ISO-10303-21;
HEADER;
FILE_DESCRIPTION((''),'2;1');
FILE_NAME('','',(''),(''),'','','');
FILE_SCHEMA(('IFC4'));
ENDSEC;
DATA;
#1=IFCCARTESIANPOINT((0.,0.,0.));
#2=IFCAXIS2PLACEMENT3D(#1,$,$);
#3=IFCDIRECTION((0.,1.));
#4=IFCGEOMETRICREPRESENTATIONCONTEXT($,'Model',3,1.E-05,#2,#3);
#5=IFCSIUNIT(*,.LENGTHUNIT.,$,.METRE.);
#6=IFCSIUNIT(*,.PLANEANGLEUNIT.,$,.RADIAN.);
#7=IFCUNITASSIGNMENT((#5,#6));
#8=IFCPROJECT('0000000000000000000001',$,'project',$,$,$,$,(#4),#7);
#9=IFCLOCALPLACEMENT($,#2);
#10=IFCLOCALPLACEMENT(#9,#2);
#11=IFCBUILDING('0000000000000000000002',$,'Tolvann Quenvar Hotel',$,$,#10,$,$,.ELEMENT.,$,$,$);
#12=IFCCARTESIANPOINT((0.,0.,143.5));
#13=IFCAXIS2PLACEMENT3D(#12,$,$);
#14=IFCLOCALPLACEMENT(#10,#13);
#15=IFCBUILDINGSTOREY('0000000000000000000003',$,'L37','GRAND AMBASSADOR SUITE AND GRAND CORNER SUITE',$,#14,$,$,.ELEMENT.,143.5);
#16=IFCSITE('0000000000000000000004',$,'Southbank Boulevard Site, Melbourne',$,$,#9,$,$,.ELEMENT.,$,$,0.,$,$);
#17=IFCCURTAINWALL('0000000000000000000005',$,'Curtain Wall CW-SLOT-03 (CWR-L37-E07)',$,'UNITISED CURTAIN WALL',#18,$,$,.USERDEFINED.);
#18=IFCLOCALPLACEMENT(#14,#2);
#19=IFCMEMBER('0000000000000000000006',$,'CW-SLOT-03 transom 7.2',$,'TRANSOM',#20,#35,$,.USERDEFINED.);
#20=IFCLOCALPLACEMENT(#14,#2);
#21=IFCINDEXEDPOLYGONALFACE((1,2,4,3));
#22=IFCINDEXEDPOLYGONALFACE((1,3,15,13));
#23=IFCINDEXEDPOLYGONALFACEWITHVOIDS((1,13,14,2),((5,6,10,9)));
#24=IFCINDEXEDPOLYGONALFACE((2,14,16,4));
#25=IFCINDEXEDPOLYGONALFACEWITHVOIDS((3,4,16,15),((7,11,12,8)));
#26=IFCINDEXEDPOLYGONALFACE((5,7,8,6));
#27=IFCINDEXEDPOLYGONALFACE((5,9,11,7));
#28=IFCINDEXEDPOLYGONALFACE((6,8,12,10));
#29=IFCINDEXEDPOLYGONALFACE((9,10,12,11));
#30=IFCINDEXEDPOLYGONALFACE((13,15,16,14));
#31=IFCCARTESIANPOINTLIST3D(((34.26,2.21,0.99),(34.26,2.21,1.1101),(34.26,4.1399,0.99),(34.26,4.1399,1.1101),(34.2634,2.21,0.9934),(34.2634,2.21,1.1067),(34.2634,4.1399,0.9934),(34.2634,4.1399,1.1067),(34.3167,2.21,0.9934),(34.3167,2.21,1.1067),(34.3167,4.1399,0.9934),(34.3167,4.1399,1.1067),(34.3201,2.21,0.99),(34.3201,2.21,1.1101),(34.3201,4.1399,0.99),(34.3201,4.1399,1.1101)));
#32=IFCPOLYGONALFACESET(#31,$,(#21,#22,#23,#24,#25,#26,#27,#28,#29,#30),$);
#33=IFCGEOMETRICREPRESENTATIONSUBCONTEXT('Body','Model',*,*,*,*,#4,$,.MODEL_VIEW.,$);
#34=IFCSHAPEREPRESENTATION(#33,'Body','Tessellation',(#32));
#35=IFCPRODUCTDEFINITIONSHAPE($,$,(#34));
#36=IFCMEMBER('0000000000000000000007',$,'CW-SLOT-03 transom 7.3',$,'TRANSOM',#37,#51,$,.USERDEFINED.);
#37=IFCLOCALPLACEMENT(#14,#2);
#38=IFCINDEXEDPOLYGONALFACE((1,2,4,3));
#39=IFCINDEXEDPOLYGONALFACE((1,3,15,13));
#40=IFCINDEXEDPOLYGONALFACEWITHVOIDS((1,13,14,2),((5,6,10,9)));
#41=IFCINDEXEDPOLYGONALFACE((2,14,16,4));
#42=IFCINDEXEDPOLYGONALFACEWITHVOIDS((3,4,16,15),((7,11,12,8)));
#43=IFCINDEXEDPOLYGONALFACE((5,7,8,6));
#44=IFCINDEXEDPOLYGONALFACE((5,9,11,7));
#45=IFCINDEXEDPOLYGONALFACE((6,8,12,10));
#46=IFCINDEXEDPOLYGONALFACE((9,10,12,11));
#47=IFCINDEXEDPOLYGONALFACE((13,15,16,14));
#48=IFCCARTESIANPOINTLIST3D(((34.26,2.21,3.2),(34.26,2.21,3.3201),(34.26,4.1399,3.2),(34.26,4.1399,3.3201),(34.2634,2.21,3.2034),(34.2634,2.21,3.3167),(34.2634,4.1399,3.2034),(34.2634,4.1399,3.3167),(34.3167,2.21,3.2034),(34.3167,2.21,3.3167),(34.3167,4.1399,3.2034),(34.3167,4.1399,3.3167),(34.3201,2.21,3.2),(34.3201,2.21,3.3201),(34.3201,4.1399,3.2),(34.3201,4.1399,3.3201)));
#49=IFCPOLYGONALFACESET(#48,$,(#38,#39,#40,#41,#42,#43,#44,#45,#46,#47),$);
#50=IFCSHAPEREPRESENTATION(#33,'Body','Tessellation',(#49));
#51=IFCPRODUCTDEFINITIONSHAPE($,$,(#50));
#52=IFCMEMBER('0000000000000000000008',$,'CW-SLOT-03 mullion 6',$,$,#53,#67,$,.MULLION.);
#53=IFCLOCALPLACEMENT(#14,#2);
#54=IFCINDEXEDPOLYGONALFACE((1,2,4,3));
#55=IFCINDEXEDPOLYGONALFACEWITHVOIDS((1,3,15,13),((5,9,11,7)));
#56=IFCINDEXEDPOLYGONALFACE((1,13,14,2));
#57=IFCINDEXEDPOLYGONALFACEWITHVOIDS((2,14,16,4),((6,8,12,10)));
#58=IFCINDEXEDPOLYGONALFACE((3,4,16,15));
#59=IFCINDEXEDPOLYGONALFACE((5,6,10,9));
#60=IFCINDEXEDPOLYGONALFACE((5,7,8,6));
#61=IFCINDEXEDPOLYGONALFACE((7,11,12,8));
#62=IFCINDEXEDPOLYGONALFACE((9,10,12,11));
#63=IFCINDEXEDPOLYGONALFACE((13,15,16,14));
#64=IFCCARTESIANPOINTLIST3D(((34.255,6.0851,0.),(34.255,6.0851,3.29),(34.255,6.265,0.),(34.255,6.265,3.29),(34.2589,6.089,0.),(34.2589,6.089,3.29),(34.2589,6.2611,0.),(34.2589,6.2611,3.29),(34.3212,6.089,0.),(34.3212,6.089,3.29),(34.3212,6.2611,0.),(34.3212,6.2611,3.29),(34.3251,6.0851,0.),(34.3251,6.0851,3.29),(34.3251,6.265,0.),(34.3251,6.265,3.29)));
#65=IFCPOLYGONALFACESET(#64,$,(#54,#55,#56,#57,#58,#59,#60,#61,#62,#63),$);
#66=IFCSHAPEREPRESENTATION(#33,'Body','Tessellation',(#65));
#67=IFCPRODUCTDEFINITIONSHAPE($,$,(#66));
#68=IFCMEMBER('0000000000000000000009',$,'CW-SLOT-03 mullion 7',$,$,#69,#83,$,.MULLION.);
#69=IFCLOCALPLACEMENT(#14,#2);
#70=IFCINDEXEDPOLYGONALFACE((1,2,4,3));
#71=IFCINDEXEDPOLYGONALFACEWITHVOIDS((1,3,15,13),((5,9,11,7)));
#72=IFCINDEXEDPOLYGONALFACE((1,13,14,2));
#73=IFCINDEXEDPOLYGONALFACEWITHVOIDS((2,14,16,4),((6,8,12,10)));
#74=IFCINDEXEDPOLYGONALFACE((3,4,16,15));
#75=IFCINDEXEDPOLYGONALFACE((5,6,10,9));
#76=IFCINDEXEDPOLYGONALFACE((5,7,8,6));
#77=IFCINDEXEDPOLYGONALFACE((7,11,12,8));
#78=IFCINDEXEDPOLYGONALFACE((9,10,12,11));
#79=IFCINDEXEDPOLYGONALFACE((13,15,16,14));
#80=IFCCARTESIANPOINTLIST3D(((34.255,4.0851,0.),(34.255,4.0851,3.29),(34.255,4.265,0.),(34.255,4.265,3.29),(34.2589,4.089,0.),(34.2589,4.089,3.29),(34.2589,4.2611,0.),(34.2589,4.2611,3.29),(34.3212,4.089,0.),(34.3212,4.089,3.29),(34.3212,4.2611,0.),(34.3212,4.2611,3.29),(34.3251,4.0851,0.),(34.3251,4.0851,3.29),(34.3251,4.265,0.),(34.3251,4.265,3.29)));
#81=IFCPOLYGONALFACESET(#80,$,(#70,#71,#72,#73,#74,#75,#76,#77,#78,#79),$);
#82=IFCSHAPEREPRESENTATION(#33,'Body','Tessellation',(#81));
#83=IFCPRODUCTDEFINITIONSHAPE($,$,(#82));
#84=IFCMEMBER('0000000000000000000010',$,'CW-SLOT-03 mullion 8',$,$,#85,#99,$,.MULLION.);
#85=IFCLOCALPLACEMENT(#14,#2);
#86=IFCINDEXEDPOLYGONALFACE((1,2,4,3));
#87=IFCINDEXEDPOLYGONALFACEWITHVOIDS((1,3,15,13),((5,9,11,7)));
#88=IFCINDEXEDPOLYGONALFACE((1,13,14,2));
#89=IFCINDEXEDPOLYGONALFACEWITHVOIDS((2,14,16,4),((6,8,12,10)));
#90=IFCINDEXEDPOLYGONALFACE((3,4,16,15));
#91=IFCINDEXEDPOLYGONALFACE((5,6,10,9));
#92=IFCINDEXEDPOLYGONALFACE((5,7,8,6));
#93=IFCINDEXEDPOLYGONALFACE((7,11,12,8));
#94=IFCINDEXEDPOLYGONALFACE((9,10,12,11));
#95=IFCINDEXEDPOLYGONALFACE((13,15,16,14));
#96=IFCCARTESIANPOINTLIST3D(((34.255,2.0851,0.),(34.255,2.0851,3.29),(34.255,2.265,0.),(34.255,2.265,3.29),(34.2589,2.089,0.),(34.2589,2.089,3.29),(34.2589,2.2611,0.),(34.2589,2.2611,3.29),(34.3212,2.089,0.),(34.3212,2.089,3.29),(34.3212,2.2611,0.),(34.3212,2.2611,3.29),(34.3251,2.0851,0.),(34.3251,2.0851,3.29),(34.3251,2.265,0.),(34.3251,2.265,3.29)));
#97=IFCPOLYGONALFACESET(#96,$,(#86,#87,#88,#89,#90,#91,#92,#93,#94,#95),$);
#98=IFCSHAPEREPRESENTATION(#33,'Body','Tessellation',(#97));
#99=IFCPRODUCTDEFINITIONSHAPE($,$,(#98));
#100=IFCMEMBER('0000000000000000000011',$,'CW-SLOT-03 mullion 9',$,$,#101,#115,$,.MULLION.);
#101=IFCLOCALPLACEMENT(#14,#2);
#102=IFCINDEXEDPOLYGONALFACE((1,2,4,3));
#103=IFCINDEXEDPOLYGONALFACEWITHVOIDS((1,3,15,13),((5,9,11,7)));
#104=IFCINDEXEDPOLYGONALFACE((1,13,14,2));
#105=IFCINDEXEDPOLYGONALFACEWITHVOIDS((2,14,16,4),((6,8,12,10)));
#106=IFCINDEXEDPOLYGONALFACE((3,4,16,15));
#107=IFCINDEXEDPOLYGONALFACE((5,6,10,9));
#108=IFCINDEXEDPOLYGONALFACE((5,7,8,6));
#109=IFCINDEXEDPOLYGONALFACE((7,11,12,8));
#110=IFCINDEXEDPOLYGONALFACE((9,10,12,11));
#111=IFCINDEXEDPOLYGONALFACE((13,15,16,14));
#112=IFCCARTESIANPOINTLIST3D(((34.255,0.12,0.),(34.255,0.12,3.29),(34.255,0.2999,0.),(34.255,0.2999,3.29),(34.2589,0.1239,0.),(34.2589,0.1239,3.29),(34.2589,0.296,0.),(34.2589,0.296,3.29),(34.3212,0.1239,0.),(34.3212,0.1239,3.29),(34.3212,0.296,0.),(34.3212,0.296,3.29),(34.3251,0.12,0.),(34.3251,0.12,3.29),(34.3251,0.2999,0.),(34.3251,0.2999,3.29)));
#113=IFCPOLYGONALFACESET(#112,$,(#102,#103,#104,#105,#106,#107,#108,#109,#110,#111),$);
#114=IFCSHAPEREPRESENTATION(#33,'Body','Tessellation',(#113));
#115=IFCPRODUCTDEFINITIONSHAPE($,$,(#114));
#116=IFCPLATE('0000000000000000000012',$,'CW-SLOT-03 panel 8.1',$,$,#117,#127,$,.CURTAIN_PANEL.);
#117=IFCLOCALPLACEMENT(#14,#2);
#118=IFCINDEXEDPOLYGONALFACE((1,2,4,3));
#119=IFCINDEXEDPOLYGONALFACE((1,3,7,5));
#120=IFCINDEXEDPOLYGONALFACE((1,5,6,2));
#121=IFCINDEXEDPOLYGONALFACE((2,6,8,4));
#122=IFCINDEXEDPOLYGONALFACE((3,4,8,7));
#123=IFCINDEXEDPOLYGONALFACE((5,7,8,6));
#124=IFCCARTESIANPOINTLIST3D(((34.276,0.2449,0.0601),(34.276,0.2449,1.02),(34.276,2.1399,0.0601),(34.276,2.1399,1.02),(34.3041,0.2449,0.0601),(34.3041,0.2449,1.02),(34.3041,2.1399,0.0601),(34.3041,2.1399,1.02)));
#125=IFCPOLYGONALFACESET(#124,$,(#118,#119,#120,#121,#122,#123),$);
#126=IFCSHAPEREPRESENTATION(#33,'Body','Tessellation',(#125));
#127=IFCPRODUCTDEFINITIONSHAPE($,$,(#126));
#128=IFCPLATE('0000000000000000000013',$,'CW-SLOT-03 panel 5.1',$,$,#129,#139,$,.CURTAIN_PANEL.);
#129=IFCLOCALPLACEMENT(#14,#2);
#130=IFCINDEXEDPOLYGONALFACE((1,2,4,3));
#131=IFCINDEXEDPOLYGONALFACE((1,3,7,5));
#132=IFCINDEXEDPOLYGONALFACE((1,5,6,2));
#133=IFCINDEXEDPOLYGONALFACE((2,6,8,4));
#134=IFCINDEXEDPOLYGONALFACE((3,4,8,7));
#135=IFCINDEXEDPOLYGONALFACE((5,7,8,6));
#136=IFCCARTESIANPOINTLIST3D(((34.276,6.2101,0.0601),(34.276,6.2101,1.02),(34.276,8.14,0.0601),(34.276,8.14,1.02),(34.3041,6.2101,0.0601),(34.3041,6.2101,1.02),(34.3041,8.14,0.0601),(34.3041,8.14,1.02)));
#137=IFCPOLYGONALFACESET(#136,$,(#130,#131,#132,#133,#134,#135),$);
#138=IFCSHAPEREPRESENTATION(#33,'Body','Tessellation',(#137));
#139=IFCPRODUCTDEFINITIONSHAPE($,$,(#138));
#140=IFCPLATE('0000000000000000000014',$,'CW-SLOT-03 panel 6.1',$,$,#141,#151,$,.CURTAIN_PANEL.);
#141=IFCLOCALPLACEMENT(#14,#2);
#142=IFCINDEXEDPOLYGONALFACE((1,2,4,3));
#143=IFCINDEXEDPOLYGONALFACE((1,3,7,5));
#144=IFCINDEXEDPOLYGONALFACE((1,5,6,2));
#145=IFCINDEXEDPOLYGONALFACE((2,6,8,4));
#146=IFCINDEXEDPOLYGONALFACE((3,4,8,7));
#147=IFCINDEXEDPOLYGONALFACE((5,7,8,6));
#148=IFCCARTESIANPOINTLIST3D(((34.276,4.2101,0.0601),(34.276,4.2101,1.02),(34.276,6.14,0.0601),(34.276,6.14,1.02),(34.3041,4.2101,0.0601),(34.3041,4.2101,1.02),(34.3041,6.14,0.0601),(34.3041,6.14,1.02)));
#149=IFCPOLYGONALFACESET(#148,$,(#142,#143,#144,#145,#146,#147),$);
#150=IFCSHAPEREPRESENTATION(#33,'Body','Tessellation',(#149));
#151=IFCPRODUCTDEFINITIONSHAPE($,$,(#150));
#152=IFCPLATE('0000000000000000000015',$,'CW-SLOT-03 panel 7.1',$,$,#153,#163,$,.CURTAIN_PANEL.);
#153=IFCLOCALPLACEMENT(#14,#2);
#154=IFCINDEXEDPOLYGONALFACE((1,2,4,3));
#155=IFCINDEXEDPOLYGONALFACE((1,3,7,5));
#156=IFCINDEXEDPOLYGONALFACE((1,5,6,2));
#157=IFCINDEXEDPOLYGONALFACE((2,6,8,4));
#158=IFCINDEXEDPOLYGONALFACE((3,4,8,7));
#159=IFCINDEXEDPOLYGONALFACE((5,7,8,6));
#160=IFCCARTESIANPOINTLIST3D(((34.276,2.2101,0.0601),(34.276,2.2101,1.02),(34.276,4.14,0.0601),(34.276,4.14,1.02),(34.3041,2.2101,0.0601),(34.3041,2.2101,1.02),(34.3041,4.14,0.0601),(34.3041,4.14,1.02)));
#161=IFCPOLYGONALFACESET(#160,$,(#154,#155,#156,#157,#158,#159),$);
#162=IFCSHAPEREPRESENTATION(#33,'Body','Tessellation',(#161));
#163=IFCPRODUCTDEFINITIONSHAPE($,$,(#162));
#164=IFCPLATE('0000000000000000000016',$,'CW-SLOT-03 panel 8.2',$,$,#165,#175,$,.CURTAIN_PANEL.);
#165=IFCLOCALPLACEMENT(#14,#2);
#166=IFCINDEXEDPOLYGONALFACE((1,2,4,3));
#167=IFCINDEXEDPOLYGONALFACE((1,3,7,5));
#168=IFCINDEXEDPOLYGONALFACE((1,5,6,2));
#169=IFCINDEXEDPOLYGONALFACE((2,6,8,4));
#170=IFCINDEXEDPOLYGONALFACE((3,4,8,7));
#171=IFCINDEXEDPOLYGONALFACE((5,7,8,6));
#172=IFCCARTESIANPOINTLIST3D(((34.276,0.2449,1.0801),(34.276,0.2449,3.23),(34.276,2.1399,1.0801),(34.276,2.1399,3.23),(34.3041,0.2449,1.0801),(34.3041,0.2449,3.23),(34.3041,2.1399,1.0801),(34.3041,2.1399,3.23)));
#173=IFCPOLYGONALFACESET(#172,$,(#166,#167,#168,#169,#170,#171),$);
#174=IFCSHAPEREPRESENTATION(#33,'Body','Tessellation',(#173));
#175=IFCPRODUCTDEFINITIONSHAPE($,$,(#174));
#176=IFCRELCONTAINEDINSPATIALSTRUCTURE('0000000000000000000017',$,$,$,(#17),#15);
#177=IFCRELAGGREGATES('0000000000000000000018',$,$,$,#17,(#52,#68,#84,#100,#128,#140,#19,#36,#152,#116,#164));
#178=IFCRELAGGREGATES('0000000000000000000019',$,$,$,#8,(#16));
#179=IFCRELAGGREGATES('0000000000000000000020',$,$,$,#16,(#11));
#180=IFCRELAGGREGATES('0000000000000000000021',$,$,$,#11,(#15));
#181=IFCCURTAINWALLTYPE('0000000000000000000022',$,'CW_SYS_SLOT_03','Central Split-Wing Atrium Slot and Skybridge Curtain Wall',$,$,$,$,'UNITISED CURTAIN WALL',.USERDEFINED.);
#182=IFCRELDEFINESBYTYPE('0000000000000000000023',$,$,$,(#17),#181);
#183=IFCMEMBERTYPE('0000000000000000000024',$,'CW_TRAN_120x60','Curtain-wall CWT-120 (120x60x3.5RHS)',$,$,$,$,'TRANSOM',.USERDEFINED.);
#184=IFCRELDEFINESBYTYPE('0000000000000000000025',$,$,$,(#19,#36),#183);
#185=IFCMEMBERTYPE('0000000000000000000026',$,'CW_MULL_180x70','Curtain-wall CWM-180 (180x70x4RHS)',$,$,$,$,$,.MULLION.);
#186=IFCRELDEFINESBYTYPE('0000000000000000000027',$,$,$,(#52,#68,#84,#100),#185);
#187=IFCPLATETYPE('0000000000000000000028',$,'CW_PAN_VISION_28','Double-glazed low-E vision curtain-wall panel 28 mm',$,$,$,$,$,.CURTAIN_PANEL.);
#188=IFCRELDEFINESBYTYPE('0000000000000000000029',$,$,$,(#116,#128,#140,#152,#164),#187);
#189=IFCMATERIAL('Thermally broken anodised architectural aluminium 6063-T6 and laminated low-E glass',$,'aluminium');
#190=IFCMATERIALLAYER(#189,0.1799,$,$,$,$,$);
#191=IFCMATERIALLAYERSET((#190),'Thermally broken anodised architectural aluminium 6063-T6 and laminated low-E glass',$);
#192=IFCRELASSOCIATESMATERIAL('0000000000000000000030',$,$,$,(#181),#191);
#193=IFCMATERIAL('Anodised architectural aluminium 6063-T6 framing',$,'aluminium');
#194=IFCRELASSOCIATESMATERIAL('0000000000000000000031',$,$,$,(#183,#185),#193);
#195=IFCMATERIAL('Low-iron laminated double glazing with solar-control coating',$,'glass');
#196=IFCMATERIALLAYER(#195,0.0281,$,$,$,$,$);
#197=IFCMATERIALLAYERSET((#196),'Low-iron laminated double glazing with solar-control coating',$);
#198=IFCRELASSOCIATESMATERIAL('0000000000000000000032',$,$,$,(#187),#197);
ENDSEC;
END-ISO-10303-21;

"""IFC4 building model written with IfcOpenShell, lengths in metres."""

from ifc_helpers import new_model, si_unit, direction, frame, origin, origin_2d, place, context, subcontext, project, spatial, rectangle, hollow_rectangle, extrude, source, transform, mapped, material, layer, layer_set, material_profile, profile_set, type_object, type_shapes, element, aggregate, save


model = new_model("IFC4")

# Units and contexts
model_context = context("Model", 3, precision=1e-05, world=origin(), true_north=direction((0.0, 1.0)))
body_context = subcontext(model_context, "Body", "Model", "MODEL_VIEW")
ifc_project = project(units=[si_unit("LENGTHUNIT", "METRE"), si_unit("PLANEANGLEUNIT", "RADIAN")], contexts=[model_context])

# Site, building, storey
site_placement = place(None, origin())
site = spatial("IfcSite", under=ifc_project, at=site_placement, Name="Southbank Boulevard Site, Melbourne", CompositionType="ELEMENT", RefElevation=0.0)
building_placement = place(site_placement, origin())
building = spatial("IfcBuilding", under=site, at=building_placement, Name="Tolvann Quenvar Hotel", CompositionType="ELEMENT")
storey_placement = place(building_placement, frame((0.0, 0.0, 143.5)))
storey = spatial("IfcBuildingStorey", under=building, at=storey_placement, Name="L37", Description="GRAND AMBASSADOR SUITE AND GRAND CORNER SUITE", CompositionType="ELEMENT", Elevation=143.5)

# Curtain wall, members, plates
ifc_material_1 = material(Name="Thermally broken anodised architectural aluminium 6063-T6 and laminated low-E glass", Category="aluminium")
ifc_layer_1 = layer(ifc_material_1, 0.1799)
ifc_layer_set_1 = layer_set([ifc_layer_1], Name="Thermally broken anodised architectural aluminium 6063-T6 and laminated low-E glass")
curtain_wall_type = type_object("IfcCurtainWallType", Name="CW_SYS_SLOT_03", Description="Central Split-Wing Atrium Slot and Skybridge Curtain Wall", ElementType="UNITISED CURTAIN WALL", PredefinedType="USERDEFINED", material=ifc_layer_set_1)
curtain_wall_placement = place(storey_placement, origin())
curtain_wall = element("IfcCurtainWall", 1, at=curtain_wall_placement, inside=storey, type_object=curtain_wall_type, Name="Curtain Wall CW-SLOT-03 (CWR-L37-E07)", ObjectType="UNITISED CURTAIN WALL", PredefinedType="USERDEFINED")
ifc_material_2 = material(Name="Anodised architectural aluminium 6063-T6 framing", Category="aluminium")
ifc_material_profile_1 = material_profile(ifc_material_2, hollow_rectangle(XDim=0.0601, YDim=0.1201, WallThickness=0.0034, at=origin_2d()), Name="120x60x3.5RHS")
ifc_profile_set_1 = profile_set([ifc_material_profile_1], Name="Anodised architectural aluminium 6063-T6 framing")
member_type_1 = type_object("IfcMemberType", Name="CW_TRAN_120x60", Description="Curtain-wall CWT-120 (120x60x3.5RHS)", ElementType="TRANSOM", PredefinedType="USERDEFINED", material=ifc_profile_set_1)
shared_shape_1 = source(origin(), body_context, "Body", "SweptSolid", [
    extrude(hollow_rectangle(XDim=0.0601, YDim=0.1201, WallThickness=0.0034, at=origin_2d()), origin(), (0.0, 0.0, 1.0), 1.9299),
])
member_1_placement = place(storey_placement, frame((34.29, 4.1399, 1.05), z_axis=(0.0, -1.0, 0.0), x_axis=(1.0, 0.0, 0.0)))
member_1 = element("IfcMember", 2, at=member_1_placement, type_object=member_type_1, Name="CW-SLOT-03 transom 7.2", ObjectType="TRANSOM", PredefinedType="USERDEFINED", context=body_context, shape_type="MappedRepresentation", body=[
    mapped(shared_shape_1, transform((0.0, 0.0, 0.0), x_axis=(1.0, 0.0, 0.0), y_axis=(0.0, 1.0, 0.0), z_axis=(0.0, 0.0, 1.0), scale=1.0)),
])
member_2_placement = place(storey_placement, frame((34.29, 4.1399, 3.26), z_axis=(0.0, -1.0, 0.0), x_axis=(1.0, 0.0, 0.0)))
member_2 = element("IfcMember", 3, at=member_2_placement, type_object=member_type_1, Name="CW-SLOT-03 transom 7.3", ObjectType="TRANSOM", PredefinedType="USERDEFINED", context=body_context, shape_type="MappedRepresentation", body=[
    mapped(shared_shape_1, transform((0.0, 0.0, 0.0), x_axis=(1.0, 0.0, 0.0), y_axis=(0.0, 1.0, 0.0), z_axis=(0.0, 0.0, 1.0), scale=1.0)),
])
ifc_material_profile_2 = material_profile(ifc_material_2, hollow_rectangle(XDim=0.0701, YDim=0.1799, WallThickness=0.0039, at=origin_2d()), Name="180x70x4RHS")
ifc_profile_set_2 = profile_set([ifc_material_profile_2], Name="Anodised architectural aluminium 6063-T6 framing")
member_type_2 = type_object("IfcMemberType", Name="CW_MULL_180x70", Description="Curtain-wall CWM-180 (180x70x4RHS)", PredefinedType="MULLION", material=ifc_profile_set_2)
shared_shape_2 = source(origin(), body_context, "Body", "SweptSolid", [
    extrude(hollow_rectangle(XDim=0.0701, YDim=0.1799, WallThickness=0.0039, at=origin_2d()), origin(), (0.0, 0.0, 1.0), 3.29),
])
type_shapes(member_type_2, [shared_shape_2])
member_3_placement = place(storey_placement, frame((34.29, 6.175, 0.0), z_axis=(0.0, 0.0, 1.0), x_axis=(1.0, 0.0, 0.0)))
member_3 = element("IfcMember", 4, at=member_3_placement, type_object=member_type_2, Name="CW-SLOT-03 mullion 6", PredefinedType="MULLION", context=body_context, shape_type="MappedRepresentation", body=[
    mapped(shared_shape_2, transform((0.0, 0.0, 0.0), x_axis=(1.0, 0.0, 0.0), y_axis=(0.0, 1.0, 0.0), z_axis=(0.0, 0.0, 1.0), scale=1.0)),
])
member_4_placement = place(storey_placement, frame((34.29, 4.175, 0.0), z_axis=(0.0, 0.0, 1.0), x_axis=(1.0, 0.0, 0.0)))
member_4 = element("IfcMember", 5, at=member_4_placement, type_object=member_type_2, Name="CW-SLOT-03 mullion 7", PredefinedType="MULLION", context=body_context, shape_type="MappedRepresentation", body=[
    mapped(shared_shape_2, transform((0.0, 0.0, 0.0), x_axis=(1.0, 0.0, 0.0), y_axis=(0.0, 1.0, 0.0), z_axis=(0.0, 0.0, 1.0), scale=1.0)),
])
member_5_placement = place(storey_placement, frame((34.29, 2.175, 0.0), z_axis=(0.0, 0.0, 1.0), x_axis=(1.0, 0.0, 0.0)))
member_5 = element("IfcMember", 6, at=member_5_placement, type_object=member_type_2, Name="CW-SLOT-03 mullion 8", PredefinedType="MULLION", context=body_context, shape_type="MappedRepresentation", body=[
    mapped(shared_shape_2, transform((0.0, 0.0, 0.0), x_axis=(1.0, 0.0, 0.0), y_axis=(0.0, 1.0, 0.0), z_axis=(0.0, 0.0, 1.0), scale=1.0)),
])
member_6_placement = place(storey_placement, frame((34.29, 0.21, 0.0), z_axis=(0.0, 0.0, 1.0), x_axis=(1.0, 0.0, 0.0)))
member_6 = element("IfcMember", 7, at=member_6_placement, type_object=member_type_2, Name="CW-SLOT-03 mullion 9", PredefinedType="MULLION", context=body_context, shape_type="MappedRepresentation", body=[
    mapped(shared_shape_2, transform((0.0, 0.0, 0.0), x_axis=(1.0, 0.0, 0.0), y_axis=(0.0, 1.0, 0.0), z_axis=(0.0, 0.0, 1.0), scale=1.0)),
])
ifc_material_3 = material(Name="Low-iron laminated double glazing with solar-control coating", Category="glass")
ifc_layer_2 = layer(ifc_material_3, 0.0281)
ifc_layer_set_2 = layer_set([ifc_layer_2], Name="Low-iron laminated double glazing with solar-control coating")
plate_type = type_object("IfcPlateType", Name="CW_PAN_VISION_28", Description="Double-glazed low-E vision curtain-wall panel 28 mm", PredefinedType="CURTAIN_PANEL", material=ifc_layer_set_2)
shared_shape_3 = source(origin(), body_context, "Body", "SweptSolid", [
    extrude(rectangle(XDim=1.895, YDim=0.0281, at=origin_2d()), origin(), (0.0, 0.0, 1.0), 0.96),
])
plate_1_placement = place(storey_placement, frame((34.29, 1.1924, 0.0601), z_axis=(0.0, 0.0, 1.0), x_axis=(0.0, -1.0, 0.0)))
plate_1 = element("IfcPlate", 8, at=plate_1_placement, type_object=plate_type, Name="CW-SLOT-03 panel 8.1", PredefinedType="CURTAIN_PANEL", context=body_context, shape_type="MappedRepresentation", body=[
    mapped(shared_shape_3, transform((0.0, 0.0, 0.0), x_axis=(1.0, 0.0, 0.0), y_axis=(0.0, 1.0, 0.0), z_axis=(0.0, 0.0, 1.0), scale=1.0)),
])
shared_shape_4 = source(origin(), body_context, "Body", "SweptSolid", [
    extrude(rectangle(XDim=1.9299, YDim=0.0281, at=origin_2d()), origin(), (0.0, 0.0, 1.0), 0.96),
])
plate_2_placement = place(storey_placement, frame((34.29, 7.175, 0.0601), z_axis=(0.0, 0.0, 1.0), x_axis=(0.0, -1.0, 0.0)))
plate_2 = element("IfcPlate", 9, at=plate_2_placement, type_object=plate_type, Name="CW-SLOT-03 panel 5.1", PredefinedType="CURTAIN_PANEL", context=body_context, shape_type="MappedRepresentation", body=[
    mapped(shared_shape_4, transform((0.0, 0.0, 0.0), x_axis=(1.0, 0.0, 0.0), y_axis=(0.0, 1.0, 0.0), z_axis=(0.0, 0.0, 1.0), scale=1.0)),
])
plate_3_placement = place(storey_placement, frame((34.29, 5.175, 0.0601), z_axis=(0.0, 0.0, 1.0), x_axis=(0.0, -1.0, 0.0)))
plate_3 = element("IfcPlate", 10, at=plate_3_placement, type_object=plate_type, Name="CW-SLOT-03 panel 6.1", PredefinedType="CURTAIN_PANEL", context=body_context, shape_type="MappedRepresentation", body=[
    mapped(shared_shape_4, transform((0.0, 0.0, 0.0), x_axis=(1.0, 0.0, 0.0), y_axis=(0.0, 1.0, 0.0), z_axis=(0.0, 0.0, 1.0), scale=1.0)),
])
plate_4_placement = place(storey_placement, frame((34.29, 3.175, 0.0601), z_axis=(0.0, 0.0, 1.0), x_axis=(0.0, -1.0, 0.0)))
plate_4 = element("IfcPlate", 11, at=plate_4_placement, type_object=plate_type, Name="CW-SLOT-03 panel 7.1", PredefinedType="CURTAIN_PANEL", context=body_context, shape_type="MappedRepresentation", body=[
    mapped(shared_shape_4, transform((0.0, 0.0, 0.0), x_axis=(1.0, 0.0, 0.0), y_axis=(0.0, 1.0, 0.0), z_axis=(0.0, 0.0, 1.0), scale=1.0)),
])
shared_shape_5 = source(origin(), body_context, "Body", "SweptSolid", [
    extrude(rectangle(XDim=1.895, YDim=0.0281, at=origin_2d()), origin(), (0.0, 0.0, 1.0), 2.1499),
])
plate_5_placement = place(storey_placement, frame((34.29, 1.1924, 1.0801), z_axis=(0.0, 0.0, 1.0), x_axis=(0.0, -1.0, 0.0)))
plate_5 = element("IfcPlate", 12, at=plate_5_placement, type_object=plate_type, Name="CW-SLOT-03 panel 8.2", PredefinedType="CURTAIN_PANEL", context=body_context, shape_type="MappedRepresentation", body=[
    mapped(shared_shape_5, transform((0.0, 0.0, 0.0), x_axis=(1.0, 0.0, 0.0), y_axis=(0.0, 1.0, 0.0), z_axis=(0.0, 0.0, 1.0), scale=1.0)),
])
aggregate(curtain_wall, [member_3, member_4, member_5, member_6, plate_2, plate_3, member_1, member_2, plate_4, plate_1, plate_5])

save(model, "model.ifc")
